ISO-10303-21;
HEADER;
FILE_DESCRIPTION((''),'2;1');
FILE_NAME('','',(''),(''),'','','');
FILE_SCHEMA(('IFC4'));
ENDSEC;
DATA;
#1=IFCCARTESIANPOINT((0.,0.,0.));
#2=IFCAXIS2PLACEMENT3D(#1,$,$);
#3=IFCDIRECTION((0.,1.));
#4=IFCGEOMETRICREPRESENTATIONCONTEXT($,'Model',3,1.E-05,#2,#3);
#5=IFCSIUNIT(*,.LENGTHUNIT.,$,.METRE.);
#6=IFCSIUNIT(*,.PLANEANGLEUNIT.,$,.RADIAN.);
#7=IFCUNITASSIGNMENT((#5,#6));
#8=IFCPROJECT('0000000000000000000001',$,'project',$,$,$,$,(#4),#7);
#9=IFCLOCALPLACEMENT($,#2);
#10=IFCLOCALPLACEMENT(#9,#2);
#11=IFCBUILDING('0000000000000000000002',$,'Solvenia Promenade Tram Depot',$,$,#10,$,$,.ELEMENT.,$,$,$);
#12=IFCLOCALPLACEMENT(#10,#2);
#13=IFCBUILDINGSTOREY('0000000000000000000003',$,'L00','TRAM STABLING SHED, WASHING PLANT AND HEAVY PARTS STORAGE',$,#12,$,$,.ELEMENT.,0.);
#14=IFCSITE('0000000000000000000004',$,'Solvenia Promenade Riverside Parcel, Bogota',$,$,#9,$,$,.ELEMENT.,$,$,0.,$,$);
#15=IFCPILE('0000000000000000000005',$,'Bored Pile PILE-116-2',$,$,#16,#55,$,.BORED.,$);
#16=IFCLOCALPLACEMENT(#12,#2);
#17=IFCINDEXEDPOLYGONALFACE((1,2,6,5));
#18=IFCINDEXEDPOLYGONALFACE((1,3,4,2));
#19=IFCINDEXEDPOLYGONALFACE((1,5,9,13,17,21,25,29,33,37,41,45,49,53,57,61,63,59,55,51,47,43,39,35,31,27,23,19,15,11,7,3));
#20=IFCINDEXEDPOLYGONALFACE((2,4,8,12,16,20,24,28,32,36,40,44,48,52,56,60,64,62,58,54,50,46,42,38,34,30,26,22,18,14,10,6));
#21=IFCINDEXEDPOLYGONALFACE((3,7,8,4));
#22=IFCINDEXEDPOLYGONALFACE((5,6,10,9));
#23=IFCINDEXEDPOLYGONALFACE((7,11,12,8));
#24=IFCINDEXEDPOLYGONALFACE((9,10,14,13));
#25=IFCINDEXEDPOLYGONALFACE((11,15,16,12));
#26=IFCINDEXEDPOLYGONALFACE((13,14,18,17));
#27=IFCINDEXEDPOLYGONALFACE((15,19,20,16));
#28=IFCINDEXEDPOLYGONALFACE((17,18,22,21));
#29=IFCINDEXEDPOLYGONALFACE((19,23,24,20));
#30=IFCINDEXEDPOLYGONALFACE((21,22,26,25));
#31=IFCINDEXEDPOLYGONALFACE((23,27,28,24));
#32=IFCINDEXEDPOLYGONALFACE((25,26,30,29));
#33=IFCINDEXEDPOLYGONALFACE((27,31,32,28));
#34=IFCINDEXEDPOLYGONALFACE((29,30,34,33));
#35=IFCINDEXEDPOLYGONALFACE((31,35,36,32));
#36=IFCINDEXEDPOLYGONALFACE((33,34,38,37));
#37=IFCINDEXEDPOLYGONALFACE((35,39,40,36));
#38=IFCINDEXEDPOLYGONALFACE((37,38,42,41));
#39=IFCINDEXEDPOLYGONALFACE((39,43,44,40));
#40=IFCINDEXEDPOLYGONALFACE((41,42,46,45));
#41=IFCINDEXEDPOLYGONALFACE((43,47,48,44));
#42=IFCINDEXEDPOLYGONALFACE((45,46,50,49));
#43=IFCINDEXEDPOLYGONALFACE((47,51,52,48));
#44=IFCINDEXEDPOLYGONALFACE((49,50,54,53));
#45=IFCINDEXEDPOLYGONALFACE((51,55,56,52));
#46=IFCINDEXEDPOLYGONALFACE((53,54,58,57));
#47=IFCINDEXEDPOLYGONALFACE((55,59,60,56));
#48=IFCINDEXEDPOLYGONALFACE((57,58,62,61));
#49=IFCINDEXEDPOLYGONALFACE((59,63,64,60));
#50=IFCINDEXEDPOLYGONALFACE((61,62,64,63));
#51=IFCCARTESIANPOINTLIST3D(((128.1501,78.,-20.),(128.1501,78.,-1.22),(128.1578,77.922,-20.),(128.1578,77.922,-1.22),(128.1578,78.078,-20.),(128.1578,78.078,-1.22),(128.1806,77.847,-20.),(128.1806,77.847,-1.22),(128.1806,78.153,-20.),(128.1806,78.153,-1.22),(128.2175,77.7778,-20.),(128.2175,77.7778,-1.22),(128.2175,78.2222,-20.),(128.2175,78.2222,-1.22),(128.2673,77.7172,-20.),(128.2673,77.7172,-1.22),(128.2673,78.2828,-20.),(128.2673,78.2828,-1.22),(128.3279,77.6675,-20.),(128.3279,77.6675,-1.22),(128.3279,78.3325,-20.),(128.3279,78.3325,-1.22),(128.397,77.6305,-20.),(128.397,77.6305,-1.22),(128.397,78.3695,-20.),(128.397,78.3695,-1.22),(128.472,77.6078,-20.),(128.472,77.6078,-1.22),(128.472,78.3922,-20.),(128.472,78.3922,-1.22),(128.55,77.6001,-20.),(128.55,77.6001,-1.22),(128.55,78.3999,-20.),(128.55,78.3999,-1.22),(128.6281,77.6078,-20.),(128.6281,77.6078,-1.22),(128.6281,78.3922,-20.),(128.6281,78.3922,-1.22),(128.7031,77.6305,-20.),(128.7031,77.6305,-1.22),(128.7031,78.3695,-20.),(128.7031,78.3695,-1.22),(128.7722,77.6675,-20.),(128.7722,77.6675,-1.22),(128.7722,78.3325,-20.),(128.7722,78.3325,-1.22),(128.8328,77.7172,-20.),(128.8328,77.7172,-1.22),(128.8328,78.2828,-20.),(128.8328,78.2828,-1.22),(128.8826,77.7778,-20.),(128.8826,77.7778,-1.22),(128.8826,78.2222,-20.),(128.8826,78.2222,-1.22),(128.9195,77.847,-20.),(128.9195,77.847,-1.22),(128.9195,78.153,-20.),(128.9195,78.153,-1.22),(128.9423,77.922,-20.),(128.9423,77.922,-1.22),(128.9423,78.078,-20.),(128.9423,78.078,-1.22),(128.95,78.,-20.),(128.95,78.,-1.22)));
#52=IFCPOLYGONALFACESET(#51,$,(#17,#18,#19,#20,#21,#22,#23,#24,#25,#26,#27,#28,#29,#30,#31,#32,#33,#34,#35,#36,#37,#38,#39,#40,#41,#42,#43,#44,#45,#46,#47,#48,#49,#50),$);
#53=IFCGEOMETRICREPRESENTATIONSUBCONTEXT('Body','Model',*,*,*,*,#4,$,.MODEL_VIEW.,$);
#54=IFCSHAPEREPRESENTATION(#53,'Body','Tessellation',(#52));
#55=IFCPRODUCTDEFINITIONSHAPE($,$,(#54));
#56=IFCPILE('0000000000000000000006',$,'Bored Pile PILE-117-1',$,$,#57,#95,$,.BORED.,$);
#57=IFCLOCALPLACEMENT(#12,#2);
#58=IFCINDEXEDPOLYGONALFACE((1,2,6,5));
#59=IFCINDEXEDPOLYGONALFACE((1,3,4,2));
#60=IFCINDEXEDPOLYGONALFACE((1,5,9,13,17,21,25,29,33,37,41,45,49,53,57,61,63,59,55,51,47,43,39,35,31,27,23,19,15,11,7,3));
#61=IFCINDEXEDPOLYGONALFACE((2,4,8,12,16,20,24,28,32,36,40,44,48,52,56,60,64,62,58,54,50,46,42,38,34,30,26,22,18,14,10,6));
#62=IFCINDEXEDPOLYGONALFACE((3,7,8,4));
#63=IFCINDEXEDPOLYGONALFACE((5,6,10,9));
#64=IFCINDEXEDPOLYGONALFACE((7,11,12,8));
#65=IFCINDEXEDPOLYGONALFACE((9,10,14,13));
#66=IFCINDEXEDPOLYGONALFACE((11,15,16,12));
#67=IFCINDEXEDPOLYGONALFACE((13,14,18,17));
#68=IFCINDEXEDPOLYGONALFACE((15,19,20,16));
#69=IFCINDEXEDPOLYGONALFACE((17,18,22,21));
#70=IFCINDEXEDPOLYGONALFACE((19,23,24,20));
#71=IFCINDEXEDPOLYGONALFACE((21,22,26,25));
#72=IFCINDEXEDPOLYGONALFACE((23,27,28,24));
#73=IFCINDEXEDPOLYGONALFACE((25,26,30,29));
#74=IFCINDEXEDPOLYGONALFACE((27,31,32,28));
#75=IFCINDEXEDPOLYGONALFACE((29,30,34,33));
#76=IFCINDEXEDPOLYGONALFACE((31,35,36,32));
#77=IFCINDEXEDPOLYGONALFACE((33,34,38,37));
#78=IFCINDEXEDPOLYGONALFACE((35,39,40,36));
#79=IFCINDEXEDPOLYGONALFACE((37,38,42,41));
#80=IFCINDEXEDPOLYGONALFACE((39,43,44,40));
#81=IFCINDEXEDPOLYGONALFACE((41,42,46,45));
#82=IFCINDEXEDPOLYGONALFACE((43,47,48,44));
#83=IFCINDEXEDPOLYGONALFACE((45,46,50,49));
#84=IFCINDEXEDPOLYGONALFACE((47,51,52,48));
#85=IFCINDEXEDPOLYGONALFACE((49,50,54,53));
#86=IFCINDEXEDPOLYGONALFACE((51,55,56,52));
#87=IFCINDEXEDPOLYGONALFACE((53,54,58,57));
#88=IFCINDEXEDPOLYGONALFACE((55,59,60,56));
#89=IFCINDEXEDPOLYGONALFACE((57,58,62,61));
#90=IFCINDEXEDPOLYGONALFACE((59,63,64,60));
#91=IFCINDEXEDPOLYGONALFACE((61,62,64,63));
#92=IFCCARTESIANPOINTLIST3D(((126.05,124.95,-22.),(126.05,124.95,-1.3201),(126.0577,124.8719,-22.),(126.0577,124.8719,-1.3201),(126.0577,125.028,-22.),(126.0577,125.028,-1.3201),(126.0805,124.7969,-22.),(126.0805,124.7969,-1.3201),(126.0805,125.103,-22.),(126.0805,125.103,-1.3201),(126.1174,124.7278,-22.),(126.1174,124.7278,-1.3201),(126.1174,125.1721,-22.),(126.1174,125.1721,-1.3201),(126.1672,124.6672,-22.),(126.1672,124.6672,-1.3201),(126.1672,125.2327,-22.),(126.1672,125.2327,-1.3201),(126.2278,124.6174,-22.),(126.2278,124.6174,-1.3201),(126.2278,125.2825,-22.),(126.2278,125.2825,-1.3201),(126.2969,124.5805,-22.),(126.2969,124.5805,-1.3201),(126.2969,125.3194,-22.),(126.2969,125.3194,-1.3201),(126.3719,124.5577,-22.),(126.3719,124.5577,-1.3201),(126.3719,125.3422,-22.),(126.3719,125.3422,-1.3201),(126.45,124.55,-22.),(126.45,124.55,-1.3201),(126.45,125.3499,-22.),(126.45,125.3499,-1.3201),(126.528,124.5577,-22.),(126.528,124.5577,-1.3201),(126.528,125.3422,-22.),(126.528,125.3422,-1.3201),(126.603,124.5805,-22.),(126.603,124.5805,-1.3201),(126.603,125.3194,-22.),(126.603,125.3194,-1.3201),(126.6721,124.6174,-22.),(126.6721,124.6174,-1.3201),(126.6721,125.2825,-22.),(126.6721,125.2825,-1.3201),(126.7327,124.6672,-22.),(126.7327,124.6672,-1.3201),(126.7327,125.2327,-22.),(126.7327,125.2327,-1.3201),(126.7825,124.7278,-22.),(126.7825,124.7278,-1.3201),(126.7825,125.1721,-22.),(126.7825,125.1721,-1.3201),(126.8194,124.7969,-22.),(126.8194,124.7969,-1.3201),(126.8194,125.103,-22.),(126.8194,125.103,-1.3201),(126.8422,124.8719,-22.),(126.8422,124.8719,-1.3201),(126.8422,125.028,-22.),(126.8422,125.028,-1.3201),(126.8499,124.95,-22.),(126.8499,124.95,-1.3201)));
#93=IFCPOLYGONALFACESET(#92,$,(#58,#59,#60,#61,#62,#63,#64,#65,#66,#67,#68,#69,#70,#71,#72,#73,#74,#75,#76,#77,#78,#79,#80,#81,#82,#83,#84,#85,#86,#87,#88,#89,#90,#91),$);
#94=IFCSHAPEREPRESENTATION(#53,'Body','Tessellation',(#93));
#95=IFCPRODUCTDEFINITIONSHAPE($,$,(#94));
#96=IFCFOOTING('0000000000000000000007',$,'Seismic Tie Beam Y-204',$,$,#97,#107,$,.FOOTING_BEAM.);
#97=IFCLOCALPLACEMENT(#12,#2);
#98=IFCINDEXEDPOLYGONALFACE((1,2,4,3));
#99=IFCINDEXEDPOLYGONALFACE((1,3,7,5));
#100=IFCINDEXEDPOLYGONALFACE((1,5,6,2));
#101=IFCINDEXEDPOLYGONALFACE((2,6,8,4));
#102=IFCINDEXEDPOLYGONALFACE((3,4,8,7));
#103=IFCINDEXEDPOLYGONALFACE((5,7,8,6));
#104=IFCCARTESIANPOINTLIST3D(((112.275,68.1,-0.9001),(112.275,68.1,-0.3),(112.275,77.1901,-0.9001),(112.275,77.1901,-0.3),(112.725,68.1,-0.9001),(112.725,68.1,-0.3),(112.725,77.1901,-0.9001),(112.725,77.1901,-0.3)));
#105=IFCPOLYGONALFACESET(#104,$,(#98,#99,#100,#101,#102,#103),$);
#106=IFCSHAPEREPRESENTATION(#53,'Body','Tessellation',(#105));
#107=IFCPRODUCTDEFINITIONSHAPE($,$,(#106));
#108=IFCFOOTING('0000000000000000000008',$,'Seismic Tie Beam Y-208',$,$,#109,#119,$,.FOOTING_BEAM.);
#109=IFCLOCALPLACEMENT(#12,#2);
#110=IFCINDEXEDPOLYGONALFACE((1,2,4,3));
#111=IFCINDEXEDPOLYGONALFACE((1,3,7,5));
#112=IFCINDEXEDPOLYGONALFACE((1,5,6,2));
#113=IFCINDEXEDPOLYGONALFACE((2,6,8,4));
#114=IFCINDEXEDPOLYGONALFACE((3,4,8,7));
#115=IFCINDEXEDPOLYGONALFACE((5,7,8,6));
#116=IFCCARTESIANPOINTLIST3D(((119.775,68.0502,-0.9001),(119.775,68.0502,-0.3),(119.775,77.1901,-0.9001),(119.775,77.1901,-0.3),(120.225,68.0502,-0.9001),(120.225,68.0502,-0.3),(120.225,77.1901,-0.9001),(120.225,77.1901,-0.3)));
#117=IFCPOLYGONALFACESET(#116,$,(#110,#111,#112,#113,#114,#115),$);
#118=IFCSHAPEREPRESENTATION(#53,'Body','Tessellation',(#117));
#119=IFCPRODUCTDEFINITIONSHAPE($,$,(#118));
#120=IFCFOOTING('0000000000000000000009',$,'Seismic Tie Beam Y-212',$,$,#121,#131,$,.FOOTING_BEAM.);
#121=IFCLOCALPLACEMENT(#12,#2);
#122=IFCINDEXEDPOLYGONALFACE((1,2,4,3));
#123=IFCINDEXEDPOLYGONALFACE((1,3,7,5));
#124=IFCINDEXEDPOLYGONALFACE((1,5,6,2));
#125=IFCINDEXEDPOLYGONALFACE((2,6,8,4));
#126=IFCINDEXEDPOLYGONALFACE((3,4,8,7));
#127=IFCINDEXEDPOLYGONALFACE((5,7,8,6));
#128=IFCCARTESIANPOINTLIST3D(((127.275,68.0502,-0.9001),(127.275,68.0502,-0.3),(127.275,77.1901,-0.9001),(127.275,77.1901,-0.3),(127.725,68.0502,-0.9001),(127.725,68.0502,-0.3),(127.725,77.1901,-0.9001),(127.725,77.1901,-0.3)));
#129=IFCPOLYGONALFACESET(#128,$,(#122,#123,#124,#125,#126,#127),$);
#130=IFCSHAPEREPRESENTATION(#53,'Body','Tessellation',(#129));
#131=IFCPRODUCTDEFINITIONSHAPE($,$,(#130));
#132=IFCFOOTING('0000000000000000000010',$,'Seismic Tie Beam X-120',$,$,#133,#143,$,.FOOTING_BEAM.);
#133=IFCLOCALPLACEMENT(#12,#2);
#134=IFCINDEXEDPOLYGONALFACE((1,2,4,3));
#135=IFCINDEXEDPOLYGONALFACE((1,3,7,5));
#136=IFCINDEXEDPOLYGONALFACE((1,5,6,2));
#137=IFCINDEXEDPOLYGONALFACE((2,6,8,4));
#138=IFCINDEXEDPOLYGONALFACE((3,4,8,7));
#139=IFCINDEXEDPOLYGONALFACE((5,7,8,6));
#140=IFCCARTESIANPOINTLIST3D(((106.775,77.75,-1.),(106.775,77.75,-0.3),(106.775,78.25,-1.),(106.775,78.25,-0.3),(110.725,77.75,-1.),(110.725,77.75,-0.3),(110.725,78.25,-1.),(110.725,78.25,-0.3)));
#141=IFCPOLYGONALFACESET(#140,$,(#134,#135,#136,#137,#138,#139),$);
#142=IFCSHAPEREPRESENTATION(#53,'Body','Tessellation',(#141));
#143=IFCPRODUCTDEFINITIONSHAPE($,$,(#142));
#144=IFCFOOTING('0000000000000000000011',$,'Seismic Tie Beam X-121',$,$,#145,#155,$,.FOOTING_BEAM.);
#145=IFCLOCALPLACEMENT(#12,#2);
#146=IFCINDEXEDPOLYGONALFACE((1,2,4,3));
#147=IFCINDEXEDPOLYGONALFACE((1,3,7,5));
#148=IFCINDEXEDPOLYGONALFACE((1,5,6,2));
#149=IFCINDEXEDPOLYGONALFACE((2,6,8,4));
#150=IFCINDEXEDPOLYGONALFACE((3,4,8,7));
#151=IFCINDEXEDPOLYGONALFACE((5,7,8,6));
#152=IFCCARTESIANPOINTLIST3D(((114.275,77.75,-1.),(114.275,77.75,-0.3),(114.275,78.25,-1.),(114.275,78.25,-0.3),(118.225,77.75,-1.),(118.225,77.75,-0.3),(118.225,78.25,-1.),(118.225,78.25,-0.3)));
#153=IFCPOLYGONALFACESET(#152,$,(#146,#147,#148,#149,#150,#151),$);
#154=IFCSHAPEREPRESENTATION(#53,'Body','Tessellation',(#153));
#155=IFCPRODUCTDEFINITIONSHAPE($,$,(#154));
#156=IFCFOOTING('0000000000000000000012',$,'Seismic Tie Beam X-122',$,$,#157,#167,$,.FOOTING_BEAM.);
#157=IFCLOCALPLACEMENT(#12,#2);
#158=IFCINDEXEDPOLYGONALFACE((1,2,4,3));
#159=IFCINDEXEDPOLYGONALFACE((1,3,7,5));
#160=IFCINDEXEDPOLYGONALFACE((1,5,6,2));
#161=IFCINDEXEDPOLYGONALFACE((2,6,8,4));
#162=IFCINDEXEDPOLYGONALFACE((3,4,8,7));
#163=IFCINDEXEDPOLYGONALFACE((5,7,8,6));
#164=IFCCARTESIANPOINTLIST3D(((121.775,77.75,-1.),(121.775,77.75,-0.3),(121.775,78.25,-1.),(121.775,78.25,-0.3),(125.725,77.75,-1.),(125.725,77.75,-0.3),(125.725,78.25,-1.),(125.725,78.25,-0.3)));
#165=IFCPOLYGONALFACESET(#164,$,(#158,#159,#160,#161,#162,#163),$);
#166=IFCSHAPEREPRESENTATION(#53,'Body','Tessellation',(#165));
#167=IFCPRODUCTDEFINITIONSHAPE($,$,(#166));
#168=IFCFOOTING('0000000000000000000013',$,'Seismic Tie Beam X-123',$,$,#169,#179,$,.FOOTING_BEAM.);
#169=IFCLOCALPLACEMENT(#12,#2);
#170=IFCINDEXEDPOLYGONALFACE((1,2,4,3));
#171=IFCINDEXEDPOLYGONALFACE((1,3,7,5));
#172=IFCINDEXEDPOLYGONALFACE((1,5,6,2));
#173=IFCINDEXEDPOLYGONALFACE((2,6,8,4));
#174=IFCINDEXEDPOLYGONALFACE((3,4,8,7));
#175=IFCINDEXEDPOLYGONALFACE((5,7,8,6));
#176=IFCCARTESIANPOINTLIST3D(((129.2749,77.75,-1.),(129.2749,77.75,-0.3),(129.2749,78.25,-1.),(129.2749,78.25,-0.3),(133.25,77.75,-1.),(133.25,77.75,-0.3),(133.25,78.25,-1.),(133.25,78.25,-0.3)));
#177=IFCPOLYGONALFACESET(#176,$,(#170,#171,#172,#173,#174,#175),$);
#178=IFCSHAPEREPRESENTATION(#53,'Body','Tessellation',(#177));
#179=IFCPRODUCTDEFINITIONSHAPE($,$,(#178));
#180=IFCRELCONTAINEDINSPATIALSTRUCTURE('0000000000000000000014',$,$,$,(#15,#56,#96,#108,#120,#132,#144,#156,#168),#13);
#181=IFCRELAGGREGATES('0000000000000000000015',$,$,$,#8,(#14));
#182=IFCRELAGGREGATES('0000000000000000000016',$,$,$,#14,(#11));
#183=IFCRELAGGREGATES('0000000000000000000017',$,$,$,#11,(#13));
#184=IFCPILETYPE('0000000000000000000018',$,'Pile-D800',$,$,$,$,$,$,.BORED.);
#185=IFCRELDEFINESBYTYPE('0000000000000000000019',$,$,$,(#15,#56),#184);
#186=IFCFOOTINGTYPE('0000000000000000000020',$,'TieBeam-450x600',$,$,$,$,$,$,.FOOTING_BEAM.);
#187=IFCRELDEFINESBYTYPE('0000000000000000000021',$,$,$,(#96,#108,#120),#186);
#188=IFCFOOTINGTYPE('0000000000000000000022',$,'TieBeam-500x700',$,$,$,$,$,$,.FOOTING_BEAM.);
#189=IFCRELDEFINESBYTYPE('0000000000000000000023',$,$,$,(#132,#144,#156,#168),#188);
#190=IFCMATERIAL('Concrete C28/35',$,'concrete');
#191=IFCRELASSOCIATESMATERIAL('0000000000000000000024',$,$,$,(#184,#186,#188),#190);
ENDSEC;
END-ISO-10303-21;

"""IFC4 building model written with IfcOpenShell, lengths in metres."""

from ifc_helpers import new_model, si_unit, direction, frame, origin, origin_2d, place, context, subcontext, project, spatial, rectangle, circle, extrude, material, material_profile, profile_set, type_object, element, save


model = new_model("IFC4")

# Units and contexts
model_context = context("Model", 3, precision=1e-05, world=origin(), true_north=direction((0.0, 1.0)))
body_context = subcontext(model_context, "Body", "Model", "MODEL_VIEW")
ifc_project = project(units=[si_unit("LENGTHUNIT", "METRE"), si_unit("PLANEANGLEUNIT", "RADIAN")], contexts=[model_context])

# Site, building, storey
site_placement = place(None, origin())
site = spatial("IfcSite", under=ifc_project, at=site_placement, Name="Solvenia Promenade Riverside Parcel, Bogota", CompositionType="ELEMENT", RefElevation=0.0)
building_placement = place(site_placement, origin())
building = spatial("IfcBuilding", under=site, at=building_placement, Name="Solvenia Promenade Tram Depot", CompositionType="ELEMENT")
storey_placement = place(building_placement, origin())
storey = spatial("IfcBuildingStorey", under=building, at=storey_placement, Name="L00", Description="TRAM STABLING SHED, WASHING PLANT AND HEAVY PARTS STORAGE", CompositionType="ELEMENT", Elevation=0.0)

# Shared definitions
ifc_material_1 = material(Name="Concrete C28/35", Category="concrete")

# Piles
ifc_material_profile_1 = material_profile(ifc_material_1, circle(Radius=0.3999, at=origin_2d()), Name="D800", Category="concrete")
ifc_profile_set_1 = profile_set([ifc_material_profile_1], Name="Concrete C28/35")
pile_type = type_object("IfcPileType", Name="Pile-D800", PredefinedType="BORED", material=ifc_profile_set_1)
for number, where, z_axis, x_axis, name in (
    (1, (128.55, 78.0, -1.22), (0.0, 0.0, -1.0), (1.0, 0.0, 0.0), "Bored Pile PILE-116-2"),
):
    element("IfcPile", number, at=place(storey_placement, frame(where, z_axis=z_axis, x_axis=x_axis)), inside=storey, type_object=pile_type, Name=name, PredefinedType="BORED", context=body_context, shape_type="SweptSolid", body=[
        extrude(circle(Radius=0.3999, at=origin_2d()), origin(), (0.0, 0.0, 1.0), 18.78),
    ])
pile_placement = place(storey_placement, frame((126.45, 124.95, -1.3201), z_axis=(0.0, 0.0, -1.0), x_axis=(1.0, 0.0, 0.0)))
element("IfcPile", 2, at=pile_placement, inside=storey, type_object=pile_type, Name="Bored Pile PILE-117-1", PredefinedType="BORED", context=body_context, shape_type="SweptSolid", body=[
    extrude(circle(Radius=0.3999, at=origin_2d()), origin(), (0.0, 0.0, 1.0), 20.6799),
])

# Footings
footing_type_1 = type_object("IfcFootingType", Name="TieBeam-450x600", PredefinedType="FOOTING_BEAM", material=ifc_material_1)
footing_1_placement = place(storey_placement, frame((112.5, 72.645, -0.9001), z_axis=(0.0, 0.0, 1.0), x_axis=(1.0, 0.0, 0.0)))
element("IfcFooting", 3, at=footing_1_placement, inside=storey, type_object=footing_type_1, Name="Seismic Tie Beam Y-204", PredefinedType="FOOTING_BEAM", context=body_context, shape_type="SweptSolid", body=[
    extrude(rectangle(XDim=0.45, YDim=9.0901, at=origin_2d()), origin(), (0.0, 0.0, 1.0), 0.6001),
])
for number, where, z_axis, x_axis, name in (
    (4, (120.0, 72.6201, -0.9001), (0.0, 0.0, 1.0), (1.0, 0.0, 0.0), "Seismic Tie Beam Y-208"),
    (5, (127.5, 72.6201, -0.9001), (0.0, 0.0, 1.0), (1.0, 0.0, 0.0), "Seismic Tie Beam Y-212"),
):
    element("IfcFooting", number, at=place(storey_placement, frame(where, z_axis=z_axis, x_axis=x_axis)), inside=storey, type_object=footing_type_1, Name=name, PredefinedType="FOOTING_BEAM", context=body_context, shape_type="SweptSolid", body=[
        extrude(rectangle(XDim=0.45, YDim=9.1399, at=origin_2d()), origin(), (0.0, 0.0, 1.0), 0.6001),
    ])
footing_type_2 = type_object("IfcFootingType", Name="TieBeam-500x700", PredefinedType="FOOTING_BEAM", material=ifc_material_1)
for number, where, z_axis, x_axis, name in (
    (6, (108.75, 78.0, -1.0), (0.0, 0.0, 1.0), (1.0, 0.0, 0.0), "Seismic Tie Beam X-120"),
    (7, (116.25, 78.0, -1.0), (0.0, 0.0, 1.0), (1.0, 0.0, 0.0), "Seismic Tie Beam X-121"),
    (8, (123.75, 78.0, -1.0), (0.0, 0.0, 1.0), (1.0, 0.0, 0.0), "Seismic Tie Beam X-122"),
):
    element("IfcFooting", number, at=place(storey_placement, frame(where, z_axis=z_axis, x_axis=x_axis)), inside=storey, type_object=footing_type_2, Name=name, PredefinedType="FOOTING_BEAM", context=body_context, shape_type="SweptSolid", body=[
        extrude(rectangle(XDim=3.95, YDim=0.5, at=origin_2d()), origin(), (0.0, 0.0, 1.0), 0.7),
    ])
footing_2_placement = place(storey_placement, frame((131.2625, 78.0, -1.0), z_axis=(0.0, 0.0, 1.0), x_axis=(1.0, 0.0, 0.0)))
element("IfcFooting", 9, at=footing_2_placement, inside=storey, type_object=footing_type_2, Name="Seismic Tie Beam X-123", PredefinedType="FOOTING_BEAM", context=body_context, shape_type="SweptSolid", body=[
    extrude(rectangle(XDim=3.9751, YDim=0.5, at=origin_2d()), origin(), (0.0, 0.0, 1.0), 0.7),
])

save(model, "model.ifc")
